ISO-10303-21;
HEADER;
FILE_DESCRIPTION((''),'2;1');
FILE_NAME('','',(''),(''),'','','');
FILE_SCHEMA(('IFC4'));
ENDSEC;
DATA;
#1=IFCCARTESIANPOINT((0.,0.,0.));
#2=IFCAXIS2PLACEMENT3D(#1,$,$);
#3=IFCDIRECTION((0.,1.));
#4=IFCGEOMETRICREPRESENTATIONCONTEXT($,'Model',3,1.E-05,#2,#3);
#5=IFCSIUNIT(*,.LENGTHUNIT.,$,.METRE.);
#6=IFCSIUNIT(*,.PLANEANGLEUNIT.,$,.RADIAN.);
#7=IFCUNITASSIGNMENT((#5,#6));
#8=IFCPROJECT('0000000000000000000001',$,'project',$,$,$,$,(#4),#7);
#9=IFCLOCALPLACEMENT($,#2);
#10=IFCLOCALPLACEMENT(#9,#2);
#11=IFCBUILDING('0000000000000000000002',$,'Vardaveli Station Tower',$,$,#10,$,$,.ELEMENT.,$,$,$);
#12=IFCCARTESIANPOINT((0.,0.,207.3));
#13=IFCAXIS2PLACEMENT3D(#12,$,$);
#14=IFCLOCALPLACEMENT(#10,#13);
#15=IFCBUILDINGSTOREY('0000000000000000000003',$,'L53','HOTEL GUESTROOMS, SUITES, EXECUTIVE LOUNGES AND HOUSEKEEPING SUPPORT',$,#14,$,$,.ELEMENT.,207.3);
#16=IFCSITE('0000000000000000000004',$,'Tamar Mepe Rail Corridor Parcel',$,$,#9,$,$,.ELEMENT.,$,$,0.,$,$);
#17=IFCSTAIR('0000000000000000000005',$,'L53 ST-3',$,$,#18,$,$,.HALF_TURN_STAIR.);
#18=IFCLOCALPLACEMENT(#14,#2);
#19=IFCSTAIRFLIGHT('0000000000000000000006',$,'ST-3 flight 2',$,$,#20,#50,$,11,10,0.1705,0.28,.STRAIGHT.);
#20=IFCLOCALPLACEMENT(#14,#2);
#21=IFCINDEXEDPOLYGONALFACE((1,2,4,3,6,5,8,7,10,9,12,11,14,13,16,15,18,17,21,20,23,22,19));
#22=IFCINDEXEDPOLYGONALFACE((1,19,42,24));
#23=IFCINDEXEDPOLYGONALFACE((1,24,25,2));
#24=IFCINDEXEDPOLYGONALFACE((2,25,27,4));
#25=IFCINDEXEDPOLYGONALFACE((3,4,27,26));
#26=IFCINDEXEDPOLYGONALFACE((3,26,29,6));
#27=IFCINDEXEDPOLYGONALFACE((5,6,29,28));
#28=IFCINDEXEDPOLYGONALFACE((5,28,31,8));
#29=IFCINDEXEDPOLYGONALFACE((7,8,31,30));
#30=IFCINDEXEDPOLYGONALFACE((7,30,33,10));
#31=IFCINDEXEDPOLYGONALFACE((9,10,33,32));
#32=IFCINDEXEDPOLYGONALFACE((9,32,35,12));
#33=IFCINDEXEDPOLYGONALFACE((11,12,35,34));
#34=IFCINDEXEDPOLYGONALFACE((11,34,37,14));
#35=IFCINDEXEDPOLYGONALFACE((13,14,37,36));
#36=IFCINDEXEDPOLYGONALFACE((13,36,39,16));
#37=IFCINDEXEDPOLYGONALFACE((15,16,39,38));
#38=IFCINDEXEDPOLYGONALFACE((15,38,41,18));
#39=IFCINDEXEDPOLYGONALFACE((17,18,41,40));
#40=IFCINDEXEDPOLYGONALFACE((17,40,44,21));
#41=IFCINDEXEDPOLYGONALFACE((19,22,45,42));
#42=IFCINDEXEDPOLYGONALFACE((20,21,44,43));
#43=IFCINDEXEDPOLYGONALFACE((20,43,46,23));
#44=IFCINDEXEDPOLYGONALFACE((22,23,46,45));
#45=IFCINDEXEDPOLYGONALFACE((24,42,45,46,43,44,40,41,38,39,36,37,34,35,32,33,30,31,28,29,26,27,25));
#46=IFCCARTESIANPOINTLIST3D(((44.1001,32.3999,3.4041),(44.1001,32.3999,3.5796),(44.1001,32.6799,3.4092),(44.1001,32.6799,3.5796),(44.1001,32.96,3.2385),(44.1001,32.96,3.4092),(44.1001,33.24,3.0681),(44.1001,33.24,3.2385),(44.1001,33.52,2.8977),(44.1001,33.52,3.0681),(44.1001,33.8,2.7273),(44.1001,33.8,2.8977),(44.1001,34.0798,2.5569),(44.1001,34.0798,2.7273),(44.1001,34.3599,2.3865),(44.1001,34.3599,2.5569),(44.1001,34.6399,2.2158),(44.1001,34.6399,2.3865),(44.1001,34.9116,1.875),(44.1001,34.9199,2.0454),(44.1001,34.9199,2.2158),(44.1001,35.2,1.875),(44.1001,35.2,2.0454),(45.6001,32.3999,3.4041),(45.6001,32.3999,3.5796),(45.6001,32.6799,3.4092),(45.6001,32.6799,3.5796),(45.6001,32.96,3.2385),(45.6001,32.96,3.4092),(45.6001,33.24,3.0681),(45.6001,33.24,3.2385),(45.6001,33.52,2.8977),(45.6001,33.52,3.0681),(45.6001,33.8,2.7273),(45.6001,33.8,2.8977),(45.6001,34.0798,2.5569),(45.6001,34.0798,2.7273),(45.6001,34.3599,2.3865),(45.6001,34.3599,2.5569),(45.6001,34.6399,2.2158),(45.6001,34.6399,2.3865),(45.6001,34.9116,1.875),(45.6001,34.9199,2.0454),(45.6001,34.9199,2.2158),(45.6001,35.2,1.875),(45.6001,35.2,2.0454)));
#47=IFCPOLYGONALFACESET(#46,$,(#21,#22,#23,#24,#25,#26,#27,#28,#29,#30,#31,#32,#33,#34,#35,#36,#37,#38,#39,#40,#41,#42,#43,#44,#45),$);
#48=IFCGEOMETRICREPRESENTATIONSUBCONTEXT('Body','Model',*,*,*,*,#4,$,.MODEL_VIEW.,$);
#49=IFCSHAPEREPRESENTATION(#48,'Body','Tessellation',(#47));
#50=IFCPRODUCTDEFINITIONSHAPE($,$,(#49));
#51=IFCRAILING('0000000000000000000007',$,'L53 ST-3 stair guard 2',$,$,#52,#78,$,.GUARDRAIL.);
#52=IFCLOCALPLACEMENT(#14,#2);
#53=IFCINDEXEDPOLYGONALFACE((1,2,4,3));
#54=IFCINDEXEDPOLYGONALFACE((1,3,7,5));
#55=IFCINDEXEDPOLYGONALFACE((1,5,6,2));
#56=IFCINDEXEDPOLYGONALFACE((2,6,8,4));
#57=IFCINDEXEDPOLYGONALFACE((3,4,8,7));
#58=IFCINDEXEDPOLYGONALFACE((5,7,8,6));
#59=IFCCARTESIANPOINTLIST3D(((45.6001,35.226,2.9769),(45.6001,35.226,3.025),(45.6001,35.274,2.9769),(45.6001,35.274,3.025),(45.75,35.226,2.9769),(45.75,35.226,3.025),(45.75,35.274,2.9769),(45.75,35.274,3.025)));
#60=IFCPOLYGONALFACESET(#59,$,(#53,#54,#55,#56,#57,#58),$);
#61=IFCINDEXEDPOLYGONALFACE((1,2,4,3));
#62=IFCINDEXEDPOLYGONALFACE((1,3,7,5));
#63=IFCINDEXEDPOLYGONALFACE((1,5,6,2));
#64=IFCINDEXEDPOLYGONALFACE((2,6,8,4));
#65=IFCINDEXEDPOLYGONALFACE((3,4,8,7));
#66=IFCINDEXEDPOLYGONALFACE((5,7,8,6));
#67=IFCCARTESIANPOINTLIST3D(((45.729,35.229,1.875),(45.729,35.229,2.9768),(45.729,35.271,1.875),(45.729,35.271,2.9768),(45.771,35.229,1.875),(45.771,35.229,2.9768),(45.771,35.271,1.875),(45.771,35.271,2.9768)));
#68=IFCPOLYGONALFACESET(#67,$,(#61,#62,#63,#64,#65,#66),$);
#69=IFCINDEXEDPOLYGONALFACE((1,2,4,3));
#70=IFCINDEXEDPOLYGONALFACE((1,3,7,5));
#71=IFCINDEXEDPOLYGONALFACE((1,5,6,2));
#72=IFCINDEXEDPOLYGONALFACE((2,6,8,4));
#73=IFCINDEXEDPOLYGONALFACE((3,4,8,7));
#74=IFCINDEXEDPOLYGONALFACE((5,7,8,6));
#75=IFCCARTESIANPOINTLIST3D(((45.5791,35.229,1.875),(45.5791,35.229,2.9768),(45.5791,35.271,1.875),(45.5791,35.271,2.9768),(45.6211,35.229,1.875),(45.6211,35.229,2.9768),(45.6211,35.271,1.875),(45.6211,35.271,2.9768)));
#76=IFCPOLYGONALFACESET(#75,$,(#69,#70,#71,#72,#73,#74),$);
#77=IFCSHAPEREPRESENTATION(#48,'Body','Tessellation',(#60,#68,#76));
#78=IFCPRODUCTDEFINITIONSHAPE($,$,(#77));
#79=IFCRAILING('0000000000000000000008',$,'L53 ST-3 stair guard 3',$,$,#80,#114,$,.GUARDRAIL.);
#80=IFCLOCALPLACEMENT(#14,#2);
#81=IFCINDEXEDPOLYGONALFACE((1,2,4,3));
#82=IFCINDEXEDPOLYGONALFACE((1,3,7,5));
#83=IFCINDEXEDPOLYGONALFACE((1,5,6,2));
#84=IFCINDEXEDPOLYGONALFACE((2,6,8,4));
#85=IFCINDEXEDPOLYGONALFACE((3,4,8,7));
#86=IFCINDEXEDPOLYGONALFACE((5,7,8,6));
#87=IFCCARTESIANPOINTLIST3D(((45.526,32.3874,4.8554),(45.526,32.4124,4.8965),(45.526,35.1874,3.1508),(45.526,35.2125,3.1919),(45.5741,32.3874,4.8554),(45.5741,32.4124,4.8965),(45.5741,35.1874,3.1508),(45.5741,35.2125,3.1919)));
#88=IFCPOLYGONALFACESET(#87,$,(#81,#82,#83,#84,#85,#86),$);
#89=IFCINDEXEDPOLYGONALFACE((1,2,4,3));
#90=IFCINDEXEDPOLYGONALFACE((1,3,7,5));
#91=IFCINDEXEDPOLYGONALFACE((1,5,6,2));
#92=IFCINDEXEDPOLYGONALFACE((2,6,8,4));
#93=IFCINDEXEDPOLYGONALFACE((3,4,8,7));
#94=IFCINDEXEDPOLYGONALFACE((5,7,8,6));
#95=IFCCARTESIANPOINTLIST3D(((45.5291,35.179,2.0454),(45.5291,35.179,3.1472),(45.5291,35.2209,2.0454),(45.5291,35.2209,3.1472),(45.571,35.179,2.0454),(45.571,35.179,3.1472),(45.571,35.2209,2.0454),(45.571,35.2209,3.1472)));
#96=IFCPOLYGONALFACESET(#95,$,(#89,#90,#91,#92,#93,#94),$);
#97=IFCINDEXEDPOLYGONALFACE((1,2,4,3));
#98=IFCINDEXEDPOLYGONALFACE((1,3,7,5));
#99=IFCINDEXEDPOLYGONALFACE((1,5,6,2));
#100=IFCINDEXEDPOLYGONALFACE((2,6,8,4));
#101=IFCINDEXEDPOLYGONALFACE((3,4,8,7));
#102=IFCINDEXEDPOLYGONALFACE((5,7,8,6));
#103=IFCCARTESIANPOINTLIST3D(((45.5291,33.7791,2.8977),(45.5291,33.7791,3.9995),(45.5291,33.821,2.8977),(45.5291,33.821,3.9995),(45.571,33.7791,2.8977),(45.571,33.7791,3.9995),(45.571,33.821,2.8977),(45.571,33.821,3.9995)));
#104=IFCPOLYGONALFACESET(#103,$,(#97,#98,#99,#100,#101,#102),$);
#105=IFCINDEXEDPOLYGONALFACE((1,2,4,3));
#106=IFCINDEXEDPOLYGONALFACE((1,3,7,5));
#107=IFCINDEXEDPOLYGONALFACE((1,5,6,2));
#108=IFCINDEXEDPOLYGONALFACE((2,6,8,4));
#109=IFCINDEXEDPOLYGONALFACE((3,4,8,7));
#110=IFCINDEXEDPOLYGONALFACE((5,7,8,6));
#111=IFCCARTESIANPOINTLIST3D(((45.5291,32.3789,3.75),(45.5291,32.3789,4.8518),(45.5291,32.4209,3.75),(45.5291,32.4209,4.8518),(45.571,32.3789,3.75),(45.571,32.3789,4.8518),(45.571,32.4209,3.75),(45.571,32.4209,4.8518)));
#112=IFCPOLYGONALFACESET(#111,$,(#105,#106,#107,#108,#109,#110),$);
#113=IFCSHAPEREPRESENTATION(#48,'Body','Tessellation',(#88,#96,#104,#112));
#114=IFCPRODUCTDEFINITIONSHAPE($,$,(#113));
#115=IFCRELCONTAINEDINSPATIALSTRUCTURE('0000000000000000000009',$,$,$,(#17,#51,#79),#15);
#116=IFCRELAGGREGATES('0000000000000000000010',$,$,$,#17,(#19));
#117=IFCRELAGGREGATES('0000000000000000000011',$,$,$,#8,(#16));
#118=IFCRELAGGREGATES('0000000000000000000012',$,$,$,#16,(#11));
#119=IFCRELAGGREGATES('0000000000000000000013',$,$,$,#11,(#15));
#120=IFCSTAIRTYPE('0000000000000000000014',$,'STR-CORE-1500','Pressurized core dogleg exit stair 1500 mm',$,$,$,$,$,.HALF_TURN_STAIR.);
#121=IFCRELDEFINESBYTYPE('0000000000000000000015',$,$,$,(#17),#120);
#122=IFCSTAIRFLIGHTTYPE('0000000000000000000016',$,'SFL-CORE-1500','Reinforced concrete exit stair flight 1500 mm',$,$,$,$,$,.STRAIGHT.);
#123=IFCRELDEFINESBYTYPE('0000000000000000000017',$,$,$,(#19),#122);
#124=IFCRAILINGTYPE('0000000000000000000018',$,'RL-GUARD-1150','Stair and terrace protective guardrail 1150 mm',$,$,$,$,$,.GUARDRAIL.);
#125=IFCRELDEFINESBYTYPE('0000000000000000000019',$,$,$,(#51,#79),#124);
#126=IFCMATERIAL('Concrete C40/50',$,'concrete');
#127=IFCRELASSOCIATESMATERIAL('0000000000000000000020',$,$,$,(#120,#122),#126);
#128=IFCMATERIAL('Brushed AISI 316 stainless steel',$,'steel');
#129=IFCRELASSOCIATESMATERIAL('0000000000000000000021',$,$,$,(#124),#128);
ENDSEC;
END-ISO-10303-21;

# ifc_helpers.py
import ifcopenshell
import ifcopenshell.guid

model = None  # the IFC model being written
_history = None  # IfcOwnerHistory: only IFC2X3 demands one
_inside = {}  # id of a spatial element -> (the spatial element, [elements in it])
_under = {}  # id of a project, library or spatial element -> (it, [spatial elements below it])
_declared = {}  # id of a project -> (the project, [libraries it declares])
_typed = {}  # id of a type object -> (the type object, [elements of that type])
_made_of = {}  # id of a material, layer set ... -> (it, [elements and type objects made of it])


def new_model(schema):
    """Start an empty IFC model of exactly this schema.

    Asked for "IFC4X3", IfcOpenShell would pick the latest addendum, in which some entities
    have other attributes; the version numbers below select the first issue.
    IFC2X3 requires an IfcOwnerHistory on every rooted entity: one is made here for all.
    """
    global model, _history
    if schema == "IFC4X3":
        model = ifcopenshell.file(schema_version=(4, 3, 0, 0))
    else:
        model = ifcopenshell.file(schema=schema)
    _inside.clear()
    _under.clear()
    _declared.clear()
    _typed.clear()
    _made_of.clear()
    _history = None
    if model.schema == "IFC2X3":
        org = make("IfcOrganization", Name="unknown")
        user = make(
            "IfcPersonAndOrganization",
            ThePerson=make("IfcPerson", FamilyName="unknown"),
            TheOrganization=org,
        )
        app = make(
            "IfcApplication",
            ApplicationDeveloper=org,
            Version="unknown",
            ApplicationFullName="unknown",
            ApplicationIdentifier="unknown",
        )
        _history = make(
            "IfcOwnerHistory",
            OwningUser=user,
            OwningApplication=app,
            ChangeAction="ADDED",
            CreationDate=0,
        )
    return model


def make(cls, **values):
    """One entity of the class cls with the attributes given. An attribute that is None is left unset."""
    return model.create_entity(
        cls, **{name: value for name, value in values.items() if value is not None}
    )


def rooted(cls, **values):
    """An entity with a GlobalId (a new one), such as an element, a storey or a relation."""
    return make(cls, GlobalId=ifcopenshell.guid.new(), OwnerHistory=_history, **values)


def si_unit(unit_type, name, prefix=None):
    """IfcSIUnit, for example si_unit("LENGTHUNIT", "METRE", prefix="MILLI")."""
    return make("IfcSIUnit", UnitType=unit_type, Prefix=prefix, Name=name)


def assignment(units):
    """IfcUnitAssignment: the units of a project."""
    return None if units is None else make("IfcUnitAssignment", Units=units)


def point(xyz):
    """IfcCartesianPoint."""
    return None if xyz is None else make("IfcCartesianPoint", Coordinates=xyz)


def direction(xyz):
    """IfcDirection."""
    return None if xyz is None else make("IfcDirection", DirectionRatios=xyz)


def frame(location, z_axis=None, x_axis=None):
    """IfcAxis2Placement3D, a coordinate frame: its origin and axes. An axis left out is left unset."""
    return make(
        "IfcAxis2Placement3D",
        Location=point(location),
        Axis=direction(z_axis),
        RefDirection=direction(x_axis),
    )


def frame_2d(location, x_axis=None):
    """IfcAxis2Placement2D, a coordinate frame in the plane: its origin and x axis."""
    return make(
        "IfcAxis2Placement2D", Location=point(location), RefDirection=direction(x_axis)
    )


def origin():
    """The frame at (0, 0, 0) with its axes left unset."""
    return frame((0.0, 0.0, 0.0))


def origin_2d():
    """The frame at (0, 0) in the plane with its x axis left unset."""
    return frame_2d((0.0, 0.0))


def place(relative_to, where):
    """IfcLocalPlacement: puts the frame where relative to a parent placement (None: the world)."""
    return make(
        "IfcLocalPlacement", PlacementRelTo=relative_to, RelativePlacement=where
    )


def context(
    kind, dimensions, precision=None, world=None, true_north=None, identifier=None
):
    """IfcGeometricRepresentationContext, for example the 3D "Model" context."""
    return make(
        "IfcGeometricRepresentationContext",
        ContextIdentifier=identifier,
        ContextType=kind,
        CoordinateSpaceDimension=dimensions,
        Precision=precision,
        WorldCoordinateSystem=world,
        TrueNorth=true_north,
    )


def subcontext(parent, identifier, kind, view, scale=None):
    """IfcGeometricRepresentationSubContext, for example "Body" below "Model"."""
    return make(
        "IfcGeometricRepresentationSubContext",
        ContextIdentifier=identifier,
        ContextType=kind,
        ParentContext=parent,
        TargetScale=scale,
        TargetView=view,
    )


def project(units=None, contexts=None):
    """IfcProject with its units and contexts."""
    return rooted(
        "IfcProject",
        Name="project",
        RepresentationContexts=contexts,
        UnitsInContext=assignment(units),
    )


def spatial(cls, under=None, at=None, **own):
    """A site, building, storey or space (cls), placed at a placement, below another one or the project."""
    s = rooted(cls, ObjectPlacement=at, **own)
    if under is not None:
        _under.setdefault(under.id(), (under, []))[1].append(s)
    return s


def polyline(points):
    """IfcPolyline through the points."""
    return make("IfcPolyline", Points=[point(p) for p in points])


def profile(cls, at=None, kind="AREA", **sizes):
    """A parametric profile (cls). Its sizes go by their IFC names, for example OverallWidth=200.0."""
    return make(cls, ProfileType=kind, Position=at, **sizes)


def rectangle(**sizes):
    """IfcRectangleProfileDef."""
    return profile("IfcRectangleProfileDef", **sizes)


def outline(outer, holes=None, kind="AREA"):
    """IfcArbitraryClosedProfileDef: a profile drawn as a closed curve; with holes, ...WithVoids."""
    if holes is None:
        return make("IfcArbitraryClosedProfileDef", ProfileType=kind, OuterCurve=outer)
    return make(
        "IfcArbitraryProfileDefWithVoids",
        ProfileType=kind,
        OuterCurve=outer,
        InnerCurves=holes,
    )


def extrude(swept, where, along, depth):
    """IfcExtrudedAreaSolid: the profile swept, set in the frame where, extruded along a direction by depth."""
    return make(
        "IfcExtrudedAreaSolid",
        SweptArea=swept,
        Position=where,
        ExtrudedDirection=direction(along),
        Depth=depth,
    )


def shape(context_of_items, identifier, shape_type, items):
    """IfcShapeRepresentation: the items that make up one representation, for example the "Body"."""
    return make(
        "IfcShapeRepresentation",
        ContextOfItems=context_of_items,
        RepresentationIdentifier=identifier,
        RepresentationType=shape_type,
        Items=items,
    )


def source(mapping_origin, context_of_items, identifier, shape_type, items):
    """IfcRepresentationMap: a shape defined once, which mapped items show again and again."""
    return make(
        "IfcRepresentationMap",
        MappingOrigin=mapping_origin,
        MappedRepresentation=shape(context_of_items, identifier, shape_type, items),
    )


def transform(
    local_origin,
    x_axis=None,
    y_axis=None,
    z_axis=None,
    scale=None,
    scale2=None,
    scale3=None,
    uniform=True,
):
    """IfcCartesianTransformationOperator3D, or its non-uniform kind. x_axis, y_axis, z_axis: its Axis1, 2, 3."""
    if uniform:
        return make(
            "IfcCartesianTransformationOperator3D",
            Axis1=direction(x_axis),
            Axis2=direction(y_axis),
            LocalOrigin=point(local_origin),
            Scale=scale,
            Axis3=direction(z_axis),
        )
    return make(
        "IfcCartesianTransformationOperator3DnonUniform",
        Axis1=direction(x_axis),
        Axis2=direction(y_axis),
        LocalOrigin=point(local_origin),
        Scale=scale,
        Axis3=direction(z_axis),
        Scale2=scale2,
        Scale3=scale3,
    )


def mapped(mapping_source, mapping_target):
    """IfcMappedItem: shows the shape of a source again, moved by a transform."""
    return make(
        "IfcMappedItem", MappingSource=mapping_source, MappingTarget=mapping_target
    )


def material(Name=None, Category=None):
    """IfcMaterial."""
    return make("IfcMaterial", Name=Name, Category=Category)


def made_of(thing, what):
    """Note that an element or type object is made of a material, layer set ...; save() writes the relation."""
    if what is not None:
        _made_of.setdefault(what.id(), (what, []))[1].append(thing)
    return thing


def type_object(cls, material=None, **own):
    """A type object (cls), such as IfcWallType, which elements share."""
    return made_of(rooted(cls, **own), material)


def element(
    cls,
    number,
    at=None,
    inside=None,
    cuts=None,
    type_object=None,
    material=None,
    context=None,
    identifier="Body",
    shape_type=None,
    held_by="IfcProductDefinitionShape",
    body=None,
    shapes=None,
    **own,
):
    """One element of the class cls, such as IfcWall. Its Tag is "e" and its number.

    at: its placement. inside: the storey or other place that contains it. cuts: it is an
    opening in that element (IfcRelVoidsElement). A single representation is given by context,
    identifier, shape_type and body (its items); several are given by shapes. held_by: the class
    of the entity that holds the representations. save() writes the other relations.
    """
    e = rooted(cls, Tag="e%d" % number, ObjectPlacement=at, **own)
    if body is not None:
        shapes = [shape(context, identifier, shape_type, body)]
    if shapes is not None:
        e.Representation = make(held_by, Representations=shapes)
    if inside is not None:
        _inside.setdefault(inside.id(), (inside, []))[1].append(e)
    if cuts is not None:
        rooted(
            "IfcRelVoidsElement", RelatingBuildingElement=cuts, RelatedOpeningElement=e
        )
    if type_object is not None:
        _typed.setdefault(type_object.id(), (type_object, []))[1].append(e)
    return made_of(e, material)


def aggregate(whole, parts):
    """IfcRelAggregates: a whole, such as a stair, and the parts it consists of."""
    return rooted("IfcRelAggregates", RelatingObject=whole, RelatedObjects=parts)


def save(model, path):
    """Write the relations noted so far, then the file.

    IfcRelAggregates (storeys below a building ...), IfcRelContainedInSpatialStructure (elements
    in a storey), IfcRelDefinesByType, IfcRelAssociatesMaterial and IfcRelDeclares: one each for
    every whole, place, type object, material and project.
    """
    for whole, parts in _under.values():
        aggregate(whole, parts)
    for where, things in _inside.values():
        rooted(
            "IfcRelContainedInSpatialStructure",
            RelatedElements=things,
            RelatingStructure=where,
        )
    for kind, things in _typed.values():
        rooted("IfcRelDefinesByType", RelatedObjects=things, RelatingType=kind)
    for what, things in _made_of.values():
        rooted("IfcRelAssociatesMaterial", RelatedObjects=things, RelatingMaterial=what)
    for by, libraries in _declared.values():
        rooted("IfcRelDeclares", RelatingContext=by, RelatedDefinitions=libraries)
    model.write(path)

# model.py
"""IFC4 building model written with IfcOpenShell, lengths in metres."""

from ifc_helpers import new_model, si_unit, direction, frame, origin, origin_2d, place, context, subcontext, project, spatial, polyline, rectangle, outline, extrude, source, transform, mapped, material, type_object, element, aggregate, save


model = new_model("IFC4")

# Units and contexts
model_context = context("Model", 3, precision=1e-05, world=origin(), true_north=direction((0.0, 1.0)))
body_context = subcontext(model_context, "Body", "Model", "MODEL_VIEW")
ifc_project = project(units=[si_unit("LENGTHUNIT", "METRE"), si_unit("PLANEANGLEUNIT", "RADIAN")], contexts=[model_context])

# Site, building, storey
site_placement = place(None, origin())
site = spatial("IfcSite", under=ifc_project, at=site_placement, Name="Tamar Mepe Rail Corridor Parcel", CompositionType="ELEMENT", RefElevation=0.0)
building_placement = place(site_placement, origin())
building = spatial("IfcBuilding", under=site, at=building_placement, Name="Vardaveli Station Tower", CompositionType="ELEMENT")
storey_placement = place(building_placement, frame((0.0, 0.0, 207.3)))
storey = spatial("IfcBuildingStorey", under=building, at=storey_placement, Name="L53", Description="HOTEL GUESTROOMS, SUITES, EXECUTIVE LOUNGES AND HOUSEKEEPING SUPPORT", CompositionType="ELEMENT", Elevation=207.3)

# Shared definitions
ifc_material_1 = material(Name="Concrete C40/50", Category="concrete")

# Stair, stair flight
stair_type = type_object("IfcStairType", Name="STR-CORE-1500", Description="Pressurized core dogleg exit stair 1500 mm", PredefinedType="HALF_TURN_STAIR", material=ifc_material_1)
stair_placement = place(storey_placement, origin())
stair = element("IfcStair", 1, at=stair_placement, inside=storey, type_object=stair_type, Name="L53 ST-3", PredefinedType="HALF_TURN_STAIR")
stair_flight_type = type_object("IfcStairFlightType", Name="SFL-CORE-1500", Description="Reinforced concrete exit stair flight 1500 mm", PredefinedType="STRAIGHT", material=ifc_material_1)
shared_shape_1 = source(origin(), body_context, "Body", "SweptSolid", [
    extrude(outline(polyline([(0.0, 0.0), (0.0, 0.1704), (0.28, 0.1704), (0.28, 0.3408), (0.5601, 0.3408), (0.5601, 0.5115), (0.8401, 0.5115), (0.8401, 0.6819), (1.1201, 0.6819), (1.1201, 0.8523), (1.3999, 0.8523), (1.3999, 1.0227), (1.6799, 1.0227), (1.6799, 1.1931), (1.96, 1.1931), (1.96, 1.3635), (2.24, 1.3635), (2.24, 1.5342), (2.52, 1.5342), (2.52, 1.7046), (2.8, 1.7046), (2.8, 1.875), (2.8, 1.5291), (0.2883, 0.0), (0.0, 0.0)])), frame((0.0, 0.75, 0.0), z_axis=(0.0, -1.0, 0.0), x_axis=(1.0, 0.0, 0.0)), (0.0, 0.0, 1.0), 1.5),
])
stair_flight_placement = place(storey_placement, frame((44.8501, 35.2, 1.875), z_axis=(0.0, 0.0, 1.0), x_axis=(0.0, -1.0, 0.0)))
stair_flight = element("IfcStairFlight", 2, at=stair_flight_placement, type_object=stair_flight_type, Name="ST-3 flight 2", NumberOfRisers=11, NumberOfTreads=10, PredefinedType="STRAIGHT", RiserHeight=0.1705, TreadLength=0.28, context=body_context, shape_type="MappedRepresentation", body=[
    mapped(shared_shape_1, transform((0.0, 0.0, 0.0), scale=1.0)),
])
aggregate(stair, [stair_flight])

# Railings
ifc_material_2 = material(Name="Brushed AISI 316 stainless steel", Category="steel")
railing_type = type_object("IfcRailingType", Name="RL-GUARD-1150", Description="Stair and terrace protective guardrail 1150 mm", PredefinedType="GUARDRAIL", material=ifc_material_2)
shared_shape_2 = source(origin(), body_context, "Body", "SweptSolid", [
    extrude(rectangle(XDim=0.0481, YDim=0.0481, at=origin_2d()), frame((0.0, 0.0, 1.126), z_axis=(-1.0, 0.0, 0.0), x_axis=(0.0, -1.0, 0.0)), (0.0, 0.0, 1.0), 0.1499),
    extrude(rectangle(XDim=0.042, YDim=0.042, at=origin_2d()), origin(), (0.0, 0.0, 1.0), 1.1018),
    extrude(rectangle(XDim=0.042, YDim=0.042, at=origin_2d()), frame((-0.1499, 0.0, 0.0)), (0.0, 0.0, 1.0), 1.1018),
])
railing_1_placement = place(storey_placement, frame((45.75, 35.25, 1.875)))
element("IfcRailing", 3, at=railing_1_placement, inside=storey, type_object=railing_type, Name="L53 ST-3 stair guard 2", PredefinedType="GUARDRAIL", context=body_context, shape_type="MappedRepresentation", body=[
    mapped(shared_shape_2, transform((0.0, 0.0, 0.0), scale=1.0)),
])
shared_shape_3 = source(origin(), body_context, "Body", "SweptSolid", [
    extrude(rectangle(XDim=0.0481, YDim=0.0481, at=origin_2d()), frame((0.0, 0.0, 1.126), z_axis=(0.0, -0.85417, 0.519994), x_axis=(1.0, 0.0, 0.0)), (0.0, 0.0, 1.0), 3.2781),
    extrude(rectangle(XDim=0.042, YDim=0.042, at=origin_2d()), origin(), (0.0, 0.0, 1.0), 1.1018),
    extrude(rectangle(XDim=0.042, YDim=0.042, at=origin_2d()), frame((0.0, -1.3999, 0.8523)), (0.0, 0.0, 1.0), 1.1018),
    extrude(rectangle(XDim=0.042, YDim=0.042, at=origin_2d()), frame((0.0, -2.8, 1.7046)), (0.0, 0.0, 1.0), 1.1018),
])
railing_2_placement = place(storey_placement, frame((45.55, 35.2, 2.0454)))
element("IfcRailing", 4, at=railing_2_placement, inside=storey, type_object=railing_type, Name="L53 ST-3 stair guard 3", PredefinedType="GUARDRAIL", context=body_context, shape_type="MappedRepresentation", body=[
    mapped(shared_shape_3, transform((0.0, 0.0, 0.0), scale=1.0)),
])

save(model, "model.ifc")
